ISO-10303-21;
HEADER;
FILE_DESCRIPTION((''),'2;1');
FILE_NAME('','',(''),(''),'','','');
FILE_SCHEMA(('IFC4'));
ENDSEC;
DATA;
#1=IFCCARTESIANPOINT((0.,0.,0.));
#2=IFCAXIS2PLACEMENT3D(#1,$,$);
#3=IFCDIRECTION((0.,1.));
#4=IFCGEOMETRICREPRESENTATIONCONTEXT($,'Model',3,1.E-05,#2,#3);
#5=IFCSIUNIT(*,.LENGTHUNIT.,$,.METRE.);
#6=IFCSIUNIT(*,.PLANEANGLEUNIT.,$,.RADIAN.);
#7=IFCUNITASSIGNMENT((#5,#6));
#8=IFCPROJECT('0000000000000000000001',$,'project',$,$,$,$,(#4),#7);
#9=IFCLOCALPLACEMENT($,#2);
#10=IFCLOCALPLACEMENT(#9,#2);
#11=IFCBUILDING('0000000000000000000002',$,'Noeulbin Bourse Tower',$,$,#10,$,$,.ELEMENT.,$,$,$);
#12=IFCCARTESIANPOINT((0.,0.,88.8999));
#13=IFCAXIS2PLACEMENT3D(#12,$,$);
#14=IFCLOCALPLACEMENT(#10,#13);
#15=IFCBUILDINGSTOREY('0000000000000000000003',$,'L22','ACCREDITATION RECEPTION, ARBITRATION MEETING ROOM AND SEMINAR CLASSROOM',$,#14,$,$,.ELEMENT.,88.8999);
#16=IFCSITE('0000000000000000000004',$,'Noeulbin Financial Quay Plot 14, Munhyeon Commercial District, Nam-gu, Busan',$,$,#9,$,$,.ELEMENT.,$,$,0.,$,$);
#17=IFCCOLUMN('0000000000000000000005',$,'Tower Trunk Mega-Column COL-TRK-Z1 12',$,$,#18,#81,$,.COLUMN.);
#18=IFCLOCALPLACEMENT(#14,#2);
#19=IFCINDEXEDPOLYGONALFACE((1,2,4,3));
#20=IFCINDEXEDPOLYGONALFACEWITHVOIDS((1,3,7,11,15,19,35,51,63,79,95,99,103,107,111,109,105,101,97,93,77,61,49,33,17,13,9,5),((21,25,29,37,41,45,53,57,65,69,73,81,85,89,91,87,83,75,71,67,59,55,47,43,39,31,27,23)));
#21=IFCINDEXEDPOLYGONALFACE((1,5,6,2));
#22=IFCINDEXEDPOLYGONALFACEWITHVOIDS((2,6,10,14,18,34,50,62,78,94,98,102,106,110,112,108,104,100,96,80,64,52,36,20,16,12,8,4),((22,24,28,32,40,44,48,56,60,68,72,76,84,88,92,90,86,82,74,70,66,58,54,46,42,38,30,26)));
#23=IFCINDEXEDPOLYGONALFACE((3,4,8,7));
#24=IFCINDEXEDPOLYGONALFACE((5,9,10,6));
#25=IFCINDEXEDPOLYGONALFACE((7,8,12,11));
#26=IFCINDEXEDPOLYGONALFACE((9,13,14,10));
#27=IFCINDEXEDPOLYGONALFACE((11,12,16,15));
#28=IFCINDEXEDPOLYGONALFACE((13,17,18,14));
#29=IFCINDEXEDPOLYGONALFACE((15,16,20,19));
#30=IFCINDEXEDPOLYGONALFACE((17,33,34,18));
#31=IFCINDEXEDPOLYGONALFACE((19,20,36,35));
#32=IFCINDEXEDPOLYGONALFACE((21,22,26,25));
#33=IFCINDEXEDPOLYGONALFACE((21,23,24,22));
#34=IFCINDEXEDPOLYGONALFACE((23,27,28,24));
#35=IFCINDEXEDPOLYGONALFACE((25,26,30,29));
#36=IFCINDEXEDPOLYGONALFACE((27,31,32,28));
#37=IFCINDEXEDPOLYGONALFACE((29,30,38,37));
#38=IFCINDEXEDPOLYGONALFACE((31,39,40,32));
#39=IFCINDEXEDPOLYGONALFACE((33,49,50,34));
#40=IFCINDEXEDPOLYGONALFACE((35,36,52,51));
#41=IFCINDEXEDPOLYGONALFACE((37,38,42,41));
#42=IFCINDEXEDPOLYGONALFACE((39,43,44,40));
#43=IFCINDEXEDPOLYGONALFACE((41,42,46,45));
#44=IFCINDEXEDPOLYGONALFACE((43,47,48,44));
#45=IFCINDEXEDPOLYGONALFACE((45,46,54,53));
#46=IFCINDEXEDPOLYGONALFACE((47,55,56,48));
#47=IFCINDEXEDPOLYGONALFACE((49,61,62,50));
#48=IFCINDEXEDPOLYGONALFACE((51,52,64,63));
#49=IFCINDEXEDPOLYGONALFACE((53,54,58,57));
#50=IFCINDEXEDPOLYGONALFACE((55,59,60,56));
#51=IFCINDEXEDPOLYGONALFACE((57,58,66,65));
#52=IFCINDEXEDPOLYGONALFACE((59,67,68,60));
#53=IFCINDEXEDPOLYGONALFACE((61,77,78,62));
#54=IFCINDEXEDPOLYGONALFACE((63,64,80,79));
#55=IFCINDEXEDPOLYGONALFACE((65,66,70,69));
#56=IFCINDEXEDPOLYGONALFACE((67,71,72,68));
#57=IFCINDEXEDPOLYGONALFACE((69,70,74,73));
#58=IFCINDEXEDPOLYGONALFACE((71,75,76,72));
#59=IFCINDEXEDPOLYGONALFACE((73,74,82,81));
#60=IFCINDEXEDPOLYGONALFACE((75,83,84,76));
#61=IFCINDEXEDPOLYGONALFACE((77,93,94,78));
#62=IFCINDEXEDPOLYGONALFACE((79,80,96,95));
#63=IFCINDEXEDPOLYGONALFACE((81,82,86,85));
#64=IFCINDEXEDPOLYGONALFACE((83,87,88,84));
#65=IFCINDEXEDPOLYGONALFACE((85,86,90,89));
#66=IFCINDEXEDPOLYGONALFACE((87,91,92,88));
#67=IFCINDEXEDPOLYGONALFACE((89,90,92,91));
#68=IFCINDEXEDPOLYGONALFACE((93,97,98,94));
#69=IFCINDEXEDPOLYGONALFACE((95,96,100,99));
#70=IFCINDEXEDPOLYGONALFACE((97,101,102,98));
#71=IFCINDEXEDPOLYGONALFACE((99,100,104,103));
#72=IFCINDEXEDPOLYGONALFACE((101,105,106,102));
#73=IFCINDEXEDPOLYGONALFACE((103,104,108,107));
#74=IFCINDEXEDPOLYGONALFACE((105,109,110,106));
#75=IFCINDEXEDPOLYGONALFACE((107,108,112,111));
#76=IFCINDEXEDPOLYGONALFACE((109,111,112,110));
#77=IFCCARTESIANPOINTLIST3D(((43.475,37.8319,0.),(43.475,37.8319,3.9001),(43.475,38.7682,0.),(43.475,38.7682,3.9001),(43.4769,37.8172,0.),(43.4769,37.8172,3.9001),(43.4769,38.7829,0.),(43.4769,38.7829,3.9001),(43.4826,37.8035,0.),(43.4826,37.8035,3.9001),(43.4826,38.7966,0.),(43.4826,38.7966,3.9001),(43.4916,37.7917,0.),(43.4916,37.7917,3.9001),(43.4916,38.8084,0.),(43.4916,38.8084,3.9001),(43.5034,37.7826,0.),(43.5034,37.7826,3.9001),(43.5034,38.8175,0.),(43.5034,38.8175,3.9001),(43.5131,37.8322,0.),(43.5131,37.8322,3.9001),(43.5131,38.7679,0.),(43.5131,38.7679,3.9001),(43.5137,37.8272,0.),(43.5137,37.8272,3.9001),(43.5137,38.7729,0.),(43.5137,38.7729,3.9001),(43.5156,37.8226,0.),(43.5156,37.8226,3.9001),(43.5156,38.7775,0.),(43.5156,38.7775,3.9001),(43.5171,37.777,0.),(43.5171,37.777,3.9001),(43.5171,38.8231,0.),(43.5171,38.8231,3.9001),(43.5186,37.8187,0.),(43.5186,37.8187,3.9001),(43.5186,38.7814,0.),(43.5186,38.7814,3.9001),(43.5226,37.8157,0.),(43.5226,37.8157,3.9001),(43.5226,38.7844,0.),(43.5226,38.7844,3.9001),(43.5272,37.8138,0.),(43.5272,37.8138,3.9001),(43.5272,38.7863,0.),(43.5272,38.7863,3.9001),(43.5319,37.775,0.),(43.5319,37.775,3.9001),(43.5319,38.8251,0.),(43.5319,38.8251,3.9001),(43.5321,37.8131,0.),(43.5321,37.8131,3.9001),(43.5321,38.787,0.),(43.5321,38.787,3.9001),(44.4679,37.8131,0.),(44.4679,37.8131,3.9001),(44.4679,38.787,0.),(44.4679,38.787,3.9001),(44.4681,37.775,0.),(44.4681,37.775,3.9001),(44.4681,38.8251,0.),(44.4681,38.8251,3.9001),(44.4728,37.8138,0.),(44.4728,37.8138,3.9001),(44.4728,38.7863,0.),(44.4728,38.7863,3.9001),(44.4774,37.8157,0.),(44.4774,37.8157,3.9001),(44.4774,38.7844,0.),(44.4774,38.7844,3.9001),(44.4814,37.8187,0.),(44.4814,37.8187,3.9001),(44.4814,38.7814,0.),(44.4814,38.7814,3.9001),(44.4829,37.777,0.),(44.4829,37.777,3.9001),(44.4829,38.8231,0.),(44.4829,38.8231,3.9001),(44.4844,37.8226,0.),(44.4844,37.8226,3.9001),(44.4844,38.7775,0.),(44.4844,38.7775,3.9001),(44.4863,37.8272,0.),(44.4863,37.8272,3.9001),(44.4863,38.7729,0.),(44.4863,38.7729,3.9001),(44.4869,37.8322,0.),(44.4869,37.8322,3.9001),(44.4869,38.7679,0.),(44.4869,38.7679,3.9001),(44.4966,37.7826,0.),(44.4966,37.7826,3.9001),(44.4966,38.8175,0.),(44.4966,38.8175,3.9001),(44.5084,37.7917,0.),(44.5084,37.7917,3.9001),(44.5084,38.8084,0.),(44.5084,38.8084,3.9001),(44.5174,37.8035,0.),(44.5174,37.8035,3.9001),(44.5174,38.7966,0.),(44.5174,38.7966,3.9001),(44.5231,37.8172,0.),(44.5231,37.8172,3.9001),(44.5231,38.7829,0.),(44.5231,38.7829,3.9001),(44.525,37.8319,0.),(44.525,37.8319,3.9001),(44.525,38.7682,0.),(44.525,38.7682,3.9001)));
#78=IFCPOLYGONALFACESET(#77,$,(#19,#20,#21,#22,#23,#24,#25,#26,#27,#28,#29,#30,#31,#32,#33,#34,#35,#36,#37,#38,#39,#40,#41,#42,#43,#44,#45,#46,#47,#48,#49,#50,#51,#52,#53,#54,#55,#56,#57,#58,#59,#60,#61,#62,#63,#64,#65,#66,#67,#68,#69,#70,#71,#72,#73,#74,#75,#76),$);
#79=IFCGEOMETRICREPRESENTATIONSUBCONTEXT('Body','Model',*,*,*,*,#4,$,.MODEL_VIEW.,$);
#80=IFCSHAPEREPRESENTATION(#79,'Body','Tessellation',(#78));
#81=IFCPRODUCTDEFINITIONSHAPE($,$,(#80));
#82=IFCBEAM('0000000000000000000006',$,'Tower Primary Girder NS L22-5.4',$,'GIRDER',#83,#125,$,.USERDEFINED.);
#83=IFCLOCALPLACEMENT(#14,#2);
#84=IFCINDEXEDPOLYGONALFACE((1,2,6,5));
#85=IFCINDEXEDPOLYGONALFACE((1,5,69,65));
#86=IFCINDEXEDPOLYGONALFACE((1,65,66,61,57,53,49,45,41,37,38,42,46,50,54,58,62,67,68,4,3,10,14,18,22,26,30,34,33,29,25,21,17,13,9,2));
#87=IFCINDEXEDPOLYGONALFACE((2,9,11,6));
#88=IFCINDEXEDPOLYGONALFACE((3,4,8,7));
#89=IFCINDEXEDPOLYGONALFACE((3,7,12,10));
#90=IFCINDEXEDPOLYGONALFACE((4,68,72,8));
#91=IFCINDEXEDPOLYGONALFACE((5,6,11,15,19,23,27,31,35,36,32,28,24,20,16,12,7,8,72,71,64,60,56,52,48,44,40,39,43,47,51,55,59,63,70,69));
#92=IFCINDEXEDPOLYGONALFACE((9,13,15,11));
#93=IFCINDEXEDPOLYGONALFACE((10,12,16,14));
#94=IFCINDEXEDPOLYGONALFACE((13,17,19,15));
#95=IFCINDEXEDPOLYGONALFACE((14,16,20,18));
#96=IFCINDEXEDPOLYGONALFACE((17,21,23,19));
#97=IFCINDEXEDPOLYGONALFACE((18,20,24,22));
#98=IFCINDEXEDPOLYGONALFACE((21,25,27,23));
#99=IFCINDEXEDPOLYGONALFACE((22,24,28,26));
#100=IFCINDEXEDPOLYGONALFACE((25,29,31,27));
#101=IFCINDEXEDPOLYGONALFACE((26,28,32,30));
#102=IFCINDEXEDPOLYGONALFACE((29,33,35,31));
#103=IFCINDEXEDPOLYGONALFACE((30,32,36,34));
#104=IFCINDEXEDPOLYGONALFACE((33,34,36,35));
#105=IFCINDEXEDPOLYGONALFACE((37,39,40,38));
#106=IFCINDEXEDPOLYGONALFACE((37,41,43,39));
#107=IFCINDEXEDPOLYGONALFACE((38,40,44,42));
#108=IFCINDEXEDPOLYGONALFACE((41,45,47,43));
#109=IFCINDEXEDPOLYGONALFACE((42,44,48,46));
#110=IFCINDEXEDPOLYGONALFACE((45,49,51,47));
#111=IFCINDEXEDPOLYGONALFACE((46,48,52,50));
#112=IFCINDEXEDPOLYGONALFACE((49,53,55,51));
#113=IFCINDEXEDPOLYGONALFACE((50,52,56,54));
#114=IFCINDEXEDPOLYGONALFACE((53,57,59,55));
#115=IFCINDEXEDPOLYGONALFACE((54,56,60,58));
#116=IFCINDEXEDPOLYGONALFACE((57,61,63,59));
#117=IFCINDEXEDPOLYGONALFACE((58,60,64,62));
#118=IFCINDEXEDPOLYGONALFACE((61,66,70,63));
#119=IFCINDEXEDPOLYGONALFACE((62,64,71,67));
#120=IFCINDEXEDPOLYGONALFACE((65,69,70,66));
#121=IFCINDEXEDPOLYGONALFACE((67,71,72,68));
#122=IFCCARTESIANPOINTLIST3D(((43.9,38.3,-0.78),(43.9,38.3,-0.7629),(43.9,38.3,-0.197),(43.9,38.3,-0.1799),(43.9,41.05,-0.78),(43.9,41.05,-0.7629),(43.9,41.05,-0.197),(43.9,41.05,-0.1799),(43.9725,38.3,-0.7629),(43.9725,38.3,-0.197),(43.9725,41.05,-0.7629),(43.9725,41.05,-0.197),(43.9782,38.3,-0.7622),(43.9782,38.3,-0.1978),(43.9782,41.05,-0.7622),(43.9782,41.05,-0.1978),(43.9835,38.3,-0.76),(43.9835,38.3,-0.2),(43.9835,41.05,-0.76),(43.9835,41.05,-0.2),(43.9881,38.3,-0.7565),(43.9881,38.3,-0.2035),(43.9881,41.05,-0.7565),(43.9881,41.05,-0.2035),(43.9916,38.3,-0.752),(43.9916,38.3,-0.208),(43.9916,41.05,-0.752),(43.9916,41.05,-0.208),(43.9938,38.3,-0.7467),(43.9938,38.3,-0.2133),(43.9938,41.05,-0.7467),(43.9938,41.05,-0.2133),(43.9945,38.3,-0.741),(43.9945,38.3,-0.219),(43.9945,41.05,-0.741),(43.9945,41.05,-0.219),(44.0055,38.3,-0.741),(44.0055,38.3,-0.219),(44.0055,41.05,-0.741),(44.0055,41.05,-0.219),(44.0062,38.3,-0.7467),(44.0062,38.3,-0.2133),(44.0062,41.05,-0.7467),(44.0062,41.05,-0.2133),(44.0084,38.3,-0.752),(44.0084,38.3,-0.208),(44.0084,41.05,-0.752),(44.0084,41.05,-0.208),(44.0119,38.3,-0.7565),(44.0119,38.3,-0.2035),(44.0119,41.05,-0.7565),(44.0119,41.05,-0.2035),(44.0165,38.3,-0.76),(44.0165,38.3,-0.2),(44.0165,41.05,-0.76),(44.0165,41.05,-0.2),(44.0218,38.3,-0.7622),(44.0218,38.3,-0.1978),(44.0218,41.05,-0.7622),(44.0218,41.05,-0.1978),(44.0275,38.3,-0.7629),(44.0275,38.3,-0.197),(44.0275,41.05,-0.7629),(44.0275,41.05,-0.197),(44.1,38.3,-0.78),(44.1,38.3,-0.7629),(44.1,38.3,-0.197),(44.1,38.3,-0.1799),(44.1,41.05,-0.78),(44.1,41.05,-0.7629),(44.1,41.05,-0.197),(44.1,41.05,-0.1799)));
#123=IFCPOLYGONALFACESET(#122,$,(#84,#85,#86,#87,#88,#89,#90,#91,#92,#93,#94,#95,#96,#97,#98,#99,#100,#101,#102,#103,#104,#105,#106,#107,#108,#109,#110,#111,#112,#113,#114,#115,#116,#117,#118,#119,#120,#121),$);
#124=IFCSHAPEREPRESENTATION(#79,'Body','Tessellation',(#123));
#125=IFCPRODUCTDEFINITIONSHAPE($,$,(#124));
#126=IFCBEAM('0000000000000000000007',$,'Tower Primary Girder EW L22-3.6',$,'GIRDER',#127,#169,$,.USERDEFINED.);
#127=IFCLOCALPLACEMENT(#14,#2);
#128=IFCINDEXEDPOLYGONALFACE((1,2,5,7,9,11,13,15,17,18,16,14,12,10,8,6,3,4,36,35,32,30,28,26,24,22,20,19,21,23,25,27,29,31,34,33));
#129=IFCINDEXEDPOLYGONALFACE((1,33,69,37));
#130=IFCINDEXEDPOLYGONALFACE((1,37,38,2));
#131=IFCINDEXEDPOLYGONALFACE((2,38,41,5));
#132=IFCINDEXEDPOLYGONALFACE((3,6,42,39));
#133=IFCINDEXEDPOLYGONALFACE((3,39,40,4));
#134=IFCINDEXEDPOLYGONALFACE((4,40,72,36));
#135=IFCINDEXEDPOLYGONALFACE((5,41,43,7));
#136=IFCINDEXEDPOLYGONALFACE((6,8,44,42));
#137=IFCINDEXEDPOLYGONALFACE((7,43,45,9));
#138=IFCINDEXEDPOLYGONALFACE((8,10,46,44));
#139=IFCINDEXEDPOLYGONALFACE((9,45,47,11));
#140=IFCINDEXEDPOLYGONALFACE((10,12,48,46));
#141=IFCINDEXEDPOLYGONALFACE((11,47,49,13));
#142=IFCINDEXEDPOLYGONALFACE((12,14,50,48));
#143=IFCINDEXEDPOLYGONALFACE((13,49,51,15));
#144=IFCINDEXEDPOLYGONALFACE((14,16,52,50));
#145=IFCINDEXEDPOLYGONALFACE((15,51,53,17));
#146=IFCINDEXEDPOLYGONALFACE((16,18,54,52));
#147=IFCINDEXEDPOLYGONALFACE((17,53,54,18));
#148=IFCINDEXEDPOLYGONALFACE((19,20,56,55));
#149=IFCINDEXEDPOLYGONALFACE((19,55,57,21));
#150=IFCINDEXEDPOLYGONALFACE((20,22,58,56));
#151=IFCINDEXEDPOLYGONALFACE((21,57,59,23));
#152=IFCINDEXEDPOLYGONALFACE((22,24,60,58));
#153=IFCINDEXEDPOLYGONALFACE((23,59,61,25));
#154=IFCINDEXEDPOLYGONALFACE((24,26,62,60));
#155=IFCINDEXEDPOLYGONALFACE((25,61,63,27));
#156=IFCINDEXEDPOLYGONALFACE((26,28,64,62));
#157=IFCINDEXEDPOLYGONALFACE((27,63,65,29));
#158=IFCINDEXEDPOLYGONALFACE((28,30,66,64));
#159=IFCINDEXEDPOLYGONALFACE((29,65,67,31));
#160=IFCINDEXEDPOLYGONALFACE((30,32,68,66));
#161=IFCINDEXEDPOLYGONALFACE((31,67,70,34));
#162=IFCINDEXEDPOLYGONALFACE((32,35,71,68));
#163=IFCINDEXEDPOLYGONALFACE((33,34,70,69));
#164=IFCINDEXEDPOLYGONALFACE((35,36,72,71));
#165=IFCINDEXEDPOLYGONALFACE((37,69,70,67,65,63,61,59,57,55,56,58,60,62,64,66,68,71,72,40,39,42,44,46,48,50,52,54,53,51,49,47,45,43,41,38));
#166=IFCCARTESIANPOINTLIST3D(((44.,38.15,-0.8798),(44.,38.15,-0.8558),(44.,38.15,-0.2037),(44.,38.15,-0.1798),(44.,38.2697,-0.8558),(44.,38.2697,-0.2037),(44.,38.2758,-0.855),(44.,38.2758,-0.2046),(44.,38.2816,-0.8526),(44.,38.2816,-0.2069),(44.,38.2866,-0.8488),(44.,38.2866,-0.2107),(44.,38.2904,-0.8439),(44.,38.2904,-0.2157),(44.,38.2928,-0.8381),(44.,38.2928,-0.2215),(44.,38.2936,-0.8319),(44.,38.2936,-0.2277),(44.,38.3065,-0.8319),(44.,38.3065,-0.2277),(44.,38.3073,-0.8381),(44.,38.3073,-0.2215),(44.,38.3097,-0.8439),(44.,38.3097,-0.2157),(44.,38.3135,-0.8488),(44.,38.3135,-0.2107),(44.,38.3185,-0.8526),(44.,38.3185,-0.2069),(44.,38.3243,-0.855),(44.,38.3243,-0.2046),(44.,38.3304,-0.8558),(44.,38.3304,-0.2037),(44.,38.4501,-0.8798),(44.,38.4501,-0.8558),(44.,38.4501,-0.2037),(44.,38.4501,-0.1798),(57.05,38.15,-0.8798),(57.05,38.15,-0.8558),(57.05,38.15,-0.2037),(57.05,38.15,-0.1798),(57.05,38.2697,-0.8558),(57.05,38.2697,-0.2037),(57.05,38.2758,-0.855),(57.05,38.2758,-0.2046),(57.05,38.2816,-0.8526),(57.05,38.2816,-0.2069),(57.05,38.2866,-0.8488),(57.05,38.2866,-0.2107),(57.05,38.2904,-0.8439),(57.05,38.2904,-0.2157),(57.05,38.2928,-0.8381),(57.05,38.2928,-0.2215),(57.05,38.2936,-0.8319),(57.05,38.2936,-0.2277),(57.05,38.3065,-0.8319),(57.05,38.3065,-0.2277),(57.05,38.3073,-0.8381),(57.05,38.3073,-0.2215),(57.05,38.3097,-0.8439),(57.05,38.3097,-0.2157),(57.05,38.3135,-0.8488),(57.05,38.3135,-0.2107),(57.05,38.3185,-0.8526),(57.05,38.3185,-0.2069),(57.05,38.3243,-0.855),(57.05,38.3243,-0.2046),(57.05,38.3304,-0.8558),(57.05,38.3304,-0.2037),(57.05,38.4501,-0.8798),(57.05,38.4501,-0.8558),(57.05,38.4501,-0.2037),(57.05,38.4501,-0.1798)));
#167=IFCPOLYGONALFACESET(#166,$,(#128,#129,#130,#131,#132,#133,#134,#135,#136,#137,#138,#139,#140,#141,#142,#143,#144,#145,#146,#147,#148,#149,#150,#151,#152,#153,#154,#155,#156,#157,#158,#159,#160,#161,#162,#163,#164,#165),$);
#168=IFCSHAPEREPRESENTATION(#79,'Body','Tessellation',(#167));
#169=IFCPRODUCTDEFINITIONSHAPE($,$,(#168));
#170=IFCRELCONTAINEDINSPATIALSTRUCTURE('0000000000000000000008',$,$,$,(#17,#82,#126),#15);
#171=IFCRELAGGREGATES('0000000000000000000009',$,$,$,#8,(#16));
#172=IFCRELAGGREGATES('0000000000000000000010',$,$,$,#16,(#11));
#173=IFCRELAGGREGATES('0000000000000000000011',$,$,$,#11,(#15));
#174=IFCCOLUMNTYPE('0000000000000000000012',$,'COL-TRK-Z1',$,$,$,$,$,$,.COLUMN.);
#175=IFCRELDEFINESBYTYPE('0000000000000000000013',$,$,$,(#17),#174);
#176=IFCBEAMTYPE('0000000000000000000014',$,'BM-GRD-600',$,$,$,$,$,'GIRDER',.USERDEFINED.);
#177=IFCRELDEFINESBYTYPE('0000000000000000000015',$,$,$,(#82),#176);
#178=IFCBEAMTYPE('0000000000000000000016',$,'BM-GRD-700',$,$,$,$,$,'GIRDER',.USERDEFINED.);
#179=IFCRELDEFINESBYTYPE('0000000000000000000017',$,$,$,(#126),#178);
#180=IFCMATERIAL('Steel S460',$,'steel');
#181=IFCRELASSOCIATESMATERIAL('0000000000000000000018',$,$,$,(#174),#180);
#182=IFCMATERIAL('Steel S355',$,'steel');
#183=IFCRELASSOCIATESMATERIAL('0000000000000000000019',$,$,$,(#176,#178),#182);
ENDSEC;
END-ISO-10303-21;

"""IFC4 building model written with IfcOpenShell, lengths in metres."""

from ifc_helpers import new_model, si_unit, direction, frame, origin, origin_2d, place, context, subcontext, project, spatial, hollow_rectangle, i_section, extrude, material, material_profile, profile_set, type_object, element, save


model = new_model("IFC4")

# Units and contexts
model_context = context("Model", 3, precision=1e-05, world=origin(), true_north=direction((0.0, 1.0)))
body_context = subcontext(model_context, "Body", "Model", "MODEL_VIEW")
ifc_project = project(units=[si_unit("LENGTHUNIT", "METRE"), si_unit("PLANEANGLEUNIT", "RADIAN")], contexts=[model_context])

# Site, building, storey
site_placement = place(None, origin())
site = spatial("IfcSite", under=ifc_project, at=site_placement, Name="Noeulbin Financial Quay Plot 14, Munhyeon Commercial District, Nam-gu, Busan", CompositionType="ELEMENT", RefElevation=0.0)
building_placement = place(site_placement, origin())
building = spatial("IfcBuilding", under=site, at=building_placement, Name="Noeulbin Bourse Tower", CompositionType="ELEMENT")
storey_placement = place(building_placement, frame((0.0, 0.0, 88.8999)))
storey = spatial("IfcBuildingStorey", under=building, at=storey_placement, Name="L22", Description="ACCREDITATION RECEPTION, ARBITRATION MEETING ROOM AND SEMINAR CLASSROOM", CompositionType="ELEMENT", Elevation=88.8999)

# Column
ifc_material_1 = material(Name="Steel S460", Category="steel")
ifc_material_profile_1 = material_profile(ifc_material_1, hollow_rectangle(XDim=1.05, YDim=1.05, WallThickness=0.0381, InnerFilletRadius=0.019, OuterFilletRadius=0.0569, at=origin_2d()), Name="BOX-1050x1050x38", Category="LoadBearing")
ifc_profile_set_1 = profile_set([ifc_material_profile_1], Name="Steel S460")
column_type_1 = type_object("IfcColumnType", Name="COL-TRK-Z1", PredefinedType="COLUMN", material=ifc_profile_set_1)
column_placement = place(storey_placement, frame((44.0, 38.3, 0.0), z_axis=(0.0, 0.0, 1.0), x_axis=(1.0, 0.0, 0.0)))
element("IfcColumn", 1, at=column_placement, inside=storey, type_object=column_type_1, Name="Tower Trunk Mega-Column COL-TRK-Z1 12", PredefinedType="COLUMN", context=body_context, shape_type="SweptSolid", body=[
    extrude(hollow_rectangle(XDim=1.05, YDim=1.05, WallThickness=0.0381, InnerFilletRadius=0.019, OuterFilletRadius=0.0569, at=origin_2d()), origin(), (0.0, 0.0, 1.0), 3.9001),
])

# Beams
ifc_material_2 = material(Name="Steel S355", Category="steel")
ifc_material_profile_2 = material_profile(ifc_material_2, i_section(OverallWidth=0.2, OverallDepth=0.6001, WebThickness=0.011, FlangeThickness=0.0171, FilletRadius=0.022, at=origin_2d()), Name="H-600x200x11x17", Category="LoadBearing")
ifc_profile_set_2 = profile_set([ifc_material_profile_2], Name="Steel S355")
beam_type_1 = type_object("IfcBeamType", Name="BM-GRD-600", ElementType="GIRDER", PredefinedType="USERDEFINED", material=ifc_profile_set_2)
beam_1_placement = place(storey_placement, frame((44.0, 38.3, -0.48), z_axis=(0.0, 1.0, 0.0), x_axis=(-1.0, 0.0, 0.0)))
element("IfcBeam", 2, at=beam_1_placement, inside=storey, type_object=beam_type_1, Name="Tower Primary Girder NS L22-5.4", ObjectType="GIRDER", PredefinedType="USERDEFINED", context=body_context, shape_type="SweptSolid", body=[
    extrude(i_section(OverallWidth=0.2, OverallDepth=0.6001, WebThickness=0.011, FlangeThickness=0.0171, FilletRadius=0.022, at=origin_2d()), origin(), (0.0, 0.0, 1.0), 2.75),
])
ifc_material_profile_3 = material_profile(ifc_material_2, i_section(OverallWidth=0.3, OverallDepth=0.7, WebThickness=0.0129, FlangeThickness=0.0239, FilletRadius=0.0239, at=origin_2d()), Name="H-700x300x13x24", Category="LoadBearing")
ifc_profile_set_3 = profile_set([ifc_material_profile_3], Name="Steel S355")
beam_type_2 = type_object("IfcBeamType", Name="BM-GRD-700", ElementType="GIRDER", PredefinedType="USERDEFINED", material=ifc_profile_set_3)
beam_2_placement = place(storey_placement, frame((44.0, 38.3, -0.5298), z_axis=(1.0, 0.0, 0.0), x_axis=(0.0, 1.0, 0.0)))
element("IfcBeam", 3, at=beam_2_placement, inside=storey, type_object=beam_type_2, Name="Tower Primary Girder EW L22-3.6", ObjectType="GIRDER", PredefinedType="USERDEFINED", context=body_context, shape_type="SweptSolid", body=[
    extrude(i_section(OverallWidth=0.3, OverallDepth=0.7, WebThickness=0.0129, FlangeThickness=0.0239, FilletRadius=0.0239, at=origin_2d()), origin(), (0.0, 0.0, 1.0), 13.05),
])

save(model, "model.ifc")
